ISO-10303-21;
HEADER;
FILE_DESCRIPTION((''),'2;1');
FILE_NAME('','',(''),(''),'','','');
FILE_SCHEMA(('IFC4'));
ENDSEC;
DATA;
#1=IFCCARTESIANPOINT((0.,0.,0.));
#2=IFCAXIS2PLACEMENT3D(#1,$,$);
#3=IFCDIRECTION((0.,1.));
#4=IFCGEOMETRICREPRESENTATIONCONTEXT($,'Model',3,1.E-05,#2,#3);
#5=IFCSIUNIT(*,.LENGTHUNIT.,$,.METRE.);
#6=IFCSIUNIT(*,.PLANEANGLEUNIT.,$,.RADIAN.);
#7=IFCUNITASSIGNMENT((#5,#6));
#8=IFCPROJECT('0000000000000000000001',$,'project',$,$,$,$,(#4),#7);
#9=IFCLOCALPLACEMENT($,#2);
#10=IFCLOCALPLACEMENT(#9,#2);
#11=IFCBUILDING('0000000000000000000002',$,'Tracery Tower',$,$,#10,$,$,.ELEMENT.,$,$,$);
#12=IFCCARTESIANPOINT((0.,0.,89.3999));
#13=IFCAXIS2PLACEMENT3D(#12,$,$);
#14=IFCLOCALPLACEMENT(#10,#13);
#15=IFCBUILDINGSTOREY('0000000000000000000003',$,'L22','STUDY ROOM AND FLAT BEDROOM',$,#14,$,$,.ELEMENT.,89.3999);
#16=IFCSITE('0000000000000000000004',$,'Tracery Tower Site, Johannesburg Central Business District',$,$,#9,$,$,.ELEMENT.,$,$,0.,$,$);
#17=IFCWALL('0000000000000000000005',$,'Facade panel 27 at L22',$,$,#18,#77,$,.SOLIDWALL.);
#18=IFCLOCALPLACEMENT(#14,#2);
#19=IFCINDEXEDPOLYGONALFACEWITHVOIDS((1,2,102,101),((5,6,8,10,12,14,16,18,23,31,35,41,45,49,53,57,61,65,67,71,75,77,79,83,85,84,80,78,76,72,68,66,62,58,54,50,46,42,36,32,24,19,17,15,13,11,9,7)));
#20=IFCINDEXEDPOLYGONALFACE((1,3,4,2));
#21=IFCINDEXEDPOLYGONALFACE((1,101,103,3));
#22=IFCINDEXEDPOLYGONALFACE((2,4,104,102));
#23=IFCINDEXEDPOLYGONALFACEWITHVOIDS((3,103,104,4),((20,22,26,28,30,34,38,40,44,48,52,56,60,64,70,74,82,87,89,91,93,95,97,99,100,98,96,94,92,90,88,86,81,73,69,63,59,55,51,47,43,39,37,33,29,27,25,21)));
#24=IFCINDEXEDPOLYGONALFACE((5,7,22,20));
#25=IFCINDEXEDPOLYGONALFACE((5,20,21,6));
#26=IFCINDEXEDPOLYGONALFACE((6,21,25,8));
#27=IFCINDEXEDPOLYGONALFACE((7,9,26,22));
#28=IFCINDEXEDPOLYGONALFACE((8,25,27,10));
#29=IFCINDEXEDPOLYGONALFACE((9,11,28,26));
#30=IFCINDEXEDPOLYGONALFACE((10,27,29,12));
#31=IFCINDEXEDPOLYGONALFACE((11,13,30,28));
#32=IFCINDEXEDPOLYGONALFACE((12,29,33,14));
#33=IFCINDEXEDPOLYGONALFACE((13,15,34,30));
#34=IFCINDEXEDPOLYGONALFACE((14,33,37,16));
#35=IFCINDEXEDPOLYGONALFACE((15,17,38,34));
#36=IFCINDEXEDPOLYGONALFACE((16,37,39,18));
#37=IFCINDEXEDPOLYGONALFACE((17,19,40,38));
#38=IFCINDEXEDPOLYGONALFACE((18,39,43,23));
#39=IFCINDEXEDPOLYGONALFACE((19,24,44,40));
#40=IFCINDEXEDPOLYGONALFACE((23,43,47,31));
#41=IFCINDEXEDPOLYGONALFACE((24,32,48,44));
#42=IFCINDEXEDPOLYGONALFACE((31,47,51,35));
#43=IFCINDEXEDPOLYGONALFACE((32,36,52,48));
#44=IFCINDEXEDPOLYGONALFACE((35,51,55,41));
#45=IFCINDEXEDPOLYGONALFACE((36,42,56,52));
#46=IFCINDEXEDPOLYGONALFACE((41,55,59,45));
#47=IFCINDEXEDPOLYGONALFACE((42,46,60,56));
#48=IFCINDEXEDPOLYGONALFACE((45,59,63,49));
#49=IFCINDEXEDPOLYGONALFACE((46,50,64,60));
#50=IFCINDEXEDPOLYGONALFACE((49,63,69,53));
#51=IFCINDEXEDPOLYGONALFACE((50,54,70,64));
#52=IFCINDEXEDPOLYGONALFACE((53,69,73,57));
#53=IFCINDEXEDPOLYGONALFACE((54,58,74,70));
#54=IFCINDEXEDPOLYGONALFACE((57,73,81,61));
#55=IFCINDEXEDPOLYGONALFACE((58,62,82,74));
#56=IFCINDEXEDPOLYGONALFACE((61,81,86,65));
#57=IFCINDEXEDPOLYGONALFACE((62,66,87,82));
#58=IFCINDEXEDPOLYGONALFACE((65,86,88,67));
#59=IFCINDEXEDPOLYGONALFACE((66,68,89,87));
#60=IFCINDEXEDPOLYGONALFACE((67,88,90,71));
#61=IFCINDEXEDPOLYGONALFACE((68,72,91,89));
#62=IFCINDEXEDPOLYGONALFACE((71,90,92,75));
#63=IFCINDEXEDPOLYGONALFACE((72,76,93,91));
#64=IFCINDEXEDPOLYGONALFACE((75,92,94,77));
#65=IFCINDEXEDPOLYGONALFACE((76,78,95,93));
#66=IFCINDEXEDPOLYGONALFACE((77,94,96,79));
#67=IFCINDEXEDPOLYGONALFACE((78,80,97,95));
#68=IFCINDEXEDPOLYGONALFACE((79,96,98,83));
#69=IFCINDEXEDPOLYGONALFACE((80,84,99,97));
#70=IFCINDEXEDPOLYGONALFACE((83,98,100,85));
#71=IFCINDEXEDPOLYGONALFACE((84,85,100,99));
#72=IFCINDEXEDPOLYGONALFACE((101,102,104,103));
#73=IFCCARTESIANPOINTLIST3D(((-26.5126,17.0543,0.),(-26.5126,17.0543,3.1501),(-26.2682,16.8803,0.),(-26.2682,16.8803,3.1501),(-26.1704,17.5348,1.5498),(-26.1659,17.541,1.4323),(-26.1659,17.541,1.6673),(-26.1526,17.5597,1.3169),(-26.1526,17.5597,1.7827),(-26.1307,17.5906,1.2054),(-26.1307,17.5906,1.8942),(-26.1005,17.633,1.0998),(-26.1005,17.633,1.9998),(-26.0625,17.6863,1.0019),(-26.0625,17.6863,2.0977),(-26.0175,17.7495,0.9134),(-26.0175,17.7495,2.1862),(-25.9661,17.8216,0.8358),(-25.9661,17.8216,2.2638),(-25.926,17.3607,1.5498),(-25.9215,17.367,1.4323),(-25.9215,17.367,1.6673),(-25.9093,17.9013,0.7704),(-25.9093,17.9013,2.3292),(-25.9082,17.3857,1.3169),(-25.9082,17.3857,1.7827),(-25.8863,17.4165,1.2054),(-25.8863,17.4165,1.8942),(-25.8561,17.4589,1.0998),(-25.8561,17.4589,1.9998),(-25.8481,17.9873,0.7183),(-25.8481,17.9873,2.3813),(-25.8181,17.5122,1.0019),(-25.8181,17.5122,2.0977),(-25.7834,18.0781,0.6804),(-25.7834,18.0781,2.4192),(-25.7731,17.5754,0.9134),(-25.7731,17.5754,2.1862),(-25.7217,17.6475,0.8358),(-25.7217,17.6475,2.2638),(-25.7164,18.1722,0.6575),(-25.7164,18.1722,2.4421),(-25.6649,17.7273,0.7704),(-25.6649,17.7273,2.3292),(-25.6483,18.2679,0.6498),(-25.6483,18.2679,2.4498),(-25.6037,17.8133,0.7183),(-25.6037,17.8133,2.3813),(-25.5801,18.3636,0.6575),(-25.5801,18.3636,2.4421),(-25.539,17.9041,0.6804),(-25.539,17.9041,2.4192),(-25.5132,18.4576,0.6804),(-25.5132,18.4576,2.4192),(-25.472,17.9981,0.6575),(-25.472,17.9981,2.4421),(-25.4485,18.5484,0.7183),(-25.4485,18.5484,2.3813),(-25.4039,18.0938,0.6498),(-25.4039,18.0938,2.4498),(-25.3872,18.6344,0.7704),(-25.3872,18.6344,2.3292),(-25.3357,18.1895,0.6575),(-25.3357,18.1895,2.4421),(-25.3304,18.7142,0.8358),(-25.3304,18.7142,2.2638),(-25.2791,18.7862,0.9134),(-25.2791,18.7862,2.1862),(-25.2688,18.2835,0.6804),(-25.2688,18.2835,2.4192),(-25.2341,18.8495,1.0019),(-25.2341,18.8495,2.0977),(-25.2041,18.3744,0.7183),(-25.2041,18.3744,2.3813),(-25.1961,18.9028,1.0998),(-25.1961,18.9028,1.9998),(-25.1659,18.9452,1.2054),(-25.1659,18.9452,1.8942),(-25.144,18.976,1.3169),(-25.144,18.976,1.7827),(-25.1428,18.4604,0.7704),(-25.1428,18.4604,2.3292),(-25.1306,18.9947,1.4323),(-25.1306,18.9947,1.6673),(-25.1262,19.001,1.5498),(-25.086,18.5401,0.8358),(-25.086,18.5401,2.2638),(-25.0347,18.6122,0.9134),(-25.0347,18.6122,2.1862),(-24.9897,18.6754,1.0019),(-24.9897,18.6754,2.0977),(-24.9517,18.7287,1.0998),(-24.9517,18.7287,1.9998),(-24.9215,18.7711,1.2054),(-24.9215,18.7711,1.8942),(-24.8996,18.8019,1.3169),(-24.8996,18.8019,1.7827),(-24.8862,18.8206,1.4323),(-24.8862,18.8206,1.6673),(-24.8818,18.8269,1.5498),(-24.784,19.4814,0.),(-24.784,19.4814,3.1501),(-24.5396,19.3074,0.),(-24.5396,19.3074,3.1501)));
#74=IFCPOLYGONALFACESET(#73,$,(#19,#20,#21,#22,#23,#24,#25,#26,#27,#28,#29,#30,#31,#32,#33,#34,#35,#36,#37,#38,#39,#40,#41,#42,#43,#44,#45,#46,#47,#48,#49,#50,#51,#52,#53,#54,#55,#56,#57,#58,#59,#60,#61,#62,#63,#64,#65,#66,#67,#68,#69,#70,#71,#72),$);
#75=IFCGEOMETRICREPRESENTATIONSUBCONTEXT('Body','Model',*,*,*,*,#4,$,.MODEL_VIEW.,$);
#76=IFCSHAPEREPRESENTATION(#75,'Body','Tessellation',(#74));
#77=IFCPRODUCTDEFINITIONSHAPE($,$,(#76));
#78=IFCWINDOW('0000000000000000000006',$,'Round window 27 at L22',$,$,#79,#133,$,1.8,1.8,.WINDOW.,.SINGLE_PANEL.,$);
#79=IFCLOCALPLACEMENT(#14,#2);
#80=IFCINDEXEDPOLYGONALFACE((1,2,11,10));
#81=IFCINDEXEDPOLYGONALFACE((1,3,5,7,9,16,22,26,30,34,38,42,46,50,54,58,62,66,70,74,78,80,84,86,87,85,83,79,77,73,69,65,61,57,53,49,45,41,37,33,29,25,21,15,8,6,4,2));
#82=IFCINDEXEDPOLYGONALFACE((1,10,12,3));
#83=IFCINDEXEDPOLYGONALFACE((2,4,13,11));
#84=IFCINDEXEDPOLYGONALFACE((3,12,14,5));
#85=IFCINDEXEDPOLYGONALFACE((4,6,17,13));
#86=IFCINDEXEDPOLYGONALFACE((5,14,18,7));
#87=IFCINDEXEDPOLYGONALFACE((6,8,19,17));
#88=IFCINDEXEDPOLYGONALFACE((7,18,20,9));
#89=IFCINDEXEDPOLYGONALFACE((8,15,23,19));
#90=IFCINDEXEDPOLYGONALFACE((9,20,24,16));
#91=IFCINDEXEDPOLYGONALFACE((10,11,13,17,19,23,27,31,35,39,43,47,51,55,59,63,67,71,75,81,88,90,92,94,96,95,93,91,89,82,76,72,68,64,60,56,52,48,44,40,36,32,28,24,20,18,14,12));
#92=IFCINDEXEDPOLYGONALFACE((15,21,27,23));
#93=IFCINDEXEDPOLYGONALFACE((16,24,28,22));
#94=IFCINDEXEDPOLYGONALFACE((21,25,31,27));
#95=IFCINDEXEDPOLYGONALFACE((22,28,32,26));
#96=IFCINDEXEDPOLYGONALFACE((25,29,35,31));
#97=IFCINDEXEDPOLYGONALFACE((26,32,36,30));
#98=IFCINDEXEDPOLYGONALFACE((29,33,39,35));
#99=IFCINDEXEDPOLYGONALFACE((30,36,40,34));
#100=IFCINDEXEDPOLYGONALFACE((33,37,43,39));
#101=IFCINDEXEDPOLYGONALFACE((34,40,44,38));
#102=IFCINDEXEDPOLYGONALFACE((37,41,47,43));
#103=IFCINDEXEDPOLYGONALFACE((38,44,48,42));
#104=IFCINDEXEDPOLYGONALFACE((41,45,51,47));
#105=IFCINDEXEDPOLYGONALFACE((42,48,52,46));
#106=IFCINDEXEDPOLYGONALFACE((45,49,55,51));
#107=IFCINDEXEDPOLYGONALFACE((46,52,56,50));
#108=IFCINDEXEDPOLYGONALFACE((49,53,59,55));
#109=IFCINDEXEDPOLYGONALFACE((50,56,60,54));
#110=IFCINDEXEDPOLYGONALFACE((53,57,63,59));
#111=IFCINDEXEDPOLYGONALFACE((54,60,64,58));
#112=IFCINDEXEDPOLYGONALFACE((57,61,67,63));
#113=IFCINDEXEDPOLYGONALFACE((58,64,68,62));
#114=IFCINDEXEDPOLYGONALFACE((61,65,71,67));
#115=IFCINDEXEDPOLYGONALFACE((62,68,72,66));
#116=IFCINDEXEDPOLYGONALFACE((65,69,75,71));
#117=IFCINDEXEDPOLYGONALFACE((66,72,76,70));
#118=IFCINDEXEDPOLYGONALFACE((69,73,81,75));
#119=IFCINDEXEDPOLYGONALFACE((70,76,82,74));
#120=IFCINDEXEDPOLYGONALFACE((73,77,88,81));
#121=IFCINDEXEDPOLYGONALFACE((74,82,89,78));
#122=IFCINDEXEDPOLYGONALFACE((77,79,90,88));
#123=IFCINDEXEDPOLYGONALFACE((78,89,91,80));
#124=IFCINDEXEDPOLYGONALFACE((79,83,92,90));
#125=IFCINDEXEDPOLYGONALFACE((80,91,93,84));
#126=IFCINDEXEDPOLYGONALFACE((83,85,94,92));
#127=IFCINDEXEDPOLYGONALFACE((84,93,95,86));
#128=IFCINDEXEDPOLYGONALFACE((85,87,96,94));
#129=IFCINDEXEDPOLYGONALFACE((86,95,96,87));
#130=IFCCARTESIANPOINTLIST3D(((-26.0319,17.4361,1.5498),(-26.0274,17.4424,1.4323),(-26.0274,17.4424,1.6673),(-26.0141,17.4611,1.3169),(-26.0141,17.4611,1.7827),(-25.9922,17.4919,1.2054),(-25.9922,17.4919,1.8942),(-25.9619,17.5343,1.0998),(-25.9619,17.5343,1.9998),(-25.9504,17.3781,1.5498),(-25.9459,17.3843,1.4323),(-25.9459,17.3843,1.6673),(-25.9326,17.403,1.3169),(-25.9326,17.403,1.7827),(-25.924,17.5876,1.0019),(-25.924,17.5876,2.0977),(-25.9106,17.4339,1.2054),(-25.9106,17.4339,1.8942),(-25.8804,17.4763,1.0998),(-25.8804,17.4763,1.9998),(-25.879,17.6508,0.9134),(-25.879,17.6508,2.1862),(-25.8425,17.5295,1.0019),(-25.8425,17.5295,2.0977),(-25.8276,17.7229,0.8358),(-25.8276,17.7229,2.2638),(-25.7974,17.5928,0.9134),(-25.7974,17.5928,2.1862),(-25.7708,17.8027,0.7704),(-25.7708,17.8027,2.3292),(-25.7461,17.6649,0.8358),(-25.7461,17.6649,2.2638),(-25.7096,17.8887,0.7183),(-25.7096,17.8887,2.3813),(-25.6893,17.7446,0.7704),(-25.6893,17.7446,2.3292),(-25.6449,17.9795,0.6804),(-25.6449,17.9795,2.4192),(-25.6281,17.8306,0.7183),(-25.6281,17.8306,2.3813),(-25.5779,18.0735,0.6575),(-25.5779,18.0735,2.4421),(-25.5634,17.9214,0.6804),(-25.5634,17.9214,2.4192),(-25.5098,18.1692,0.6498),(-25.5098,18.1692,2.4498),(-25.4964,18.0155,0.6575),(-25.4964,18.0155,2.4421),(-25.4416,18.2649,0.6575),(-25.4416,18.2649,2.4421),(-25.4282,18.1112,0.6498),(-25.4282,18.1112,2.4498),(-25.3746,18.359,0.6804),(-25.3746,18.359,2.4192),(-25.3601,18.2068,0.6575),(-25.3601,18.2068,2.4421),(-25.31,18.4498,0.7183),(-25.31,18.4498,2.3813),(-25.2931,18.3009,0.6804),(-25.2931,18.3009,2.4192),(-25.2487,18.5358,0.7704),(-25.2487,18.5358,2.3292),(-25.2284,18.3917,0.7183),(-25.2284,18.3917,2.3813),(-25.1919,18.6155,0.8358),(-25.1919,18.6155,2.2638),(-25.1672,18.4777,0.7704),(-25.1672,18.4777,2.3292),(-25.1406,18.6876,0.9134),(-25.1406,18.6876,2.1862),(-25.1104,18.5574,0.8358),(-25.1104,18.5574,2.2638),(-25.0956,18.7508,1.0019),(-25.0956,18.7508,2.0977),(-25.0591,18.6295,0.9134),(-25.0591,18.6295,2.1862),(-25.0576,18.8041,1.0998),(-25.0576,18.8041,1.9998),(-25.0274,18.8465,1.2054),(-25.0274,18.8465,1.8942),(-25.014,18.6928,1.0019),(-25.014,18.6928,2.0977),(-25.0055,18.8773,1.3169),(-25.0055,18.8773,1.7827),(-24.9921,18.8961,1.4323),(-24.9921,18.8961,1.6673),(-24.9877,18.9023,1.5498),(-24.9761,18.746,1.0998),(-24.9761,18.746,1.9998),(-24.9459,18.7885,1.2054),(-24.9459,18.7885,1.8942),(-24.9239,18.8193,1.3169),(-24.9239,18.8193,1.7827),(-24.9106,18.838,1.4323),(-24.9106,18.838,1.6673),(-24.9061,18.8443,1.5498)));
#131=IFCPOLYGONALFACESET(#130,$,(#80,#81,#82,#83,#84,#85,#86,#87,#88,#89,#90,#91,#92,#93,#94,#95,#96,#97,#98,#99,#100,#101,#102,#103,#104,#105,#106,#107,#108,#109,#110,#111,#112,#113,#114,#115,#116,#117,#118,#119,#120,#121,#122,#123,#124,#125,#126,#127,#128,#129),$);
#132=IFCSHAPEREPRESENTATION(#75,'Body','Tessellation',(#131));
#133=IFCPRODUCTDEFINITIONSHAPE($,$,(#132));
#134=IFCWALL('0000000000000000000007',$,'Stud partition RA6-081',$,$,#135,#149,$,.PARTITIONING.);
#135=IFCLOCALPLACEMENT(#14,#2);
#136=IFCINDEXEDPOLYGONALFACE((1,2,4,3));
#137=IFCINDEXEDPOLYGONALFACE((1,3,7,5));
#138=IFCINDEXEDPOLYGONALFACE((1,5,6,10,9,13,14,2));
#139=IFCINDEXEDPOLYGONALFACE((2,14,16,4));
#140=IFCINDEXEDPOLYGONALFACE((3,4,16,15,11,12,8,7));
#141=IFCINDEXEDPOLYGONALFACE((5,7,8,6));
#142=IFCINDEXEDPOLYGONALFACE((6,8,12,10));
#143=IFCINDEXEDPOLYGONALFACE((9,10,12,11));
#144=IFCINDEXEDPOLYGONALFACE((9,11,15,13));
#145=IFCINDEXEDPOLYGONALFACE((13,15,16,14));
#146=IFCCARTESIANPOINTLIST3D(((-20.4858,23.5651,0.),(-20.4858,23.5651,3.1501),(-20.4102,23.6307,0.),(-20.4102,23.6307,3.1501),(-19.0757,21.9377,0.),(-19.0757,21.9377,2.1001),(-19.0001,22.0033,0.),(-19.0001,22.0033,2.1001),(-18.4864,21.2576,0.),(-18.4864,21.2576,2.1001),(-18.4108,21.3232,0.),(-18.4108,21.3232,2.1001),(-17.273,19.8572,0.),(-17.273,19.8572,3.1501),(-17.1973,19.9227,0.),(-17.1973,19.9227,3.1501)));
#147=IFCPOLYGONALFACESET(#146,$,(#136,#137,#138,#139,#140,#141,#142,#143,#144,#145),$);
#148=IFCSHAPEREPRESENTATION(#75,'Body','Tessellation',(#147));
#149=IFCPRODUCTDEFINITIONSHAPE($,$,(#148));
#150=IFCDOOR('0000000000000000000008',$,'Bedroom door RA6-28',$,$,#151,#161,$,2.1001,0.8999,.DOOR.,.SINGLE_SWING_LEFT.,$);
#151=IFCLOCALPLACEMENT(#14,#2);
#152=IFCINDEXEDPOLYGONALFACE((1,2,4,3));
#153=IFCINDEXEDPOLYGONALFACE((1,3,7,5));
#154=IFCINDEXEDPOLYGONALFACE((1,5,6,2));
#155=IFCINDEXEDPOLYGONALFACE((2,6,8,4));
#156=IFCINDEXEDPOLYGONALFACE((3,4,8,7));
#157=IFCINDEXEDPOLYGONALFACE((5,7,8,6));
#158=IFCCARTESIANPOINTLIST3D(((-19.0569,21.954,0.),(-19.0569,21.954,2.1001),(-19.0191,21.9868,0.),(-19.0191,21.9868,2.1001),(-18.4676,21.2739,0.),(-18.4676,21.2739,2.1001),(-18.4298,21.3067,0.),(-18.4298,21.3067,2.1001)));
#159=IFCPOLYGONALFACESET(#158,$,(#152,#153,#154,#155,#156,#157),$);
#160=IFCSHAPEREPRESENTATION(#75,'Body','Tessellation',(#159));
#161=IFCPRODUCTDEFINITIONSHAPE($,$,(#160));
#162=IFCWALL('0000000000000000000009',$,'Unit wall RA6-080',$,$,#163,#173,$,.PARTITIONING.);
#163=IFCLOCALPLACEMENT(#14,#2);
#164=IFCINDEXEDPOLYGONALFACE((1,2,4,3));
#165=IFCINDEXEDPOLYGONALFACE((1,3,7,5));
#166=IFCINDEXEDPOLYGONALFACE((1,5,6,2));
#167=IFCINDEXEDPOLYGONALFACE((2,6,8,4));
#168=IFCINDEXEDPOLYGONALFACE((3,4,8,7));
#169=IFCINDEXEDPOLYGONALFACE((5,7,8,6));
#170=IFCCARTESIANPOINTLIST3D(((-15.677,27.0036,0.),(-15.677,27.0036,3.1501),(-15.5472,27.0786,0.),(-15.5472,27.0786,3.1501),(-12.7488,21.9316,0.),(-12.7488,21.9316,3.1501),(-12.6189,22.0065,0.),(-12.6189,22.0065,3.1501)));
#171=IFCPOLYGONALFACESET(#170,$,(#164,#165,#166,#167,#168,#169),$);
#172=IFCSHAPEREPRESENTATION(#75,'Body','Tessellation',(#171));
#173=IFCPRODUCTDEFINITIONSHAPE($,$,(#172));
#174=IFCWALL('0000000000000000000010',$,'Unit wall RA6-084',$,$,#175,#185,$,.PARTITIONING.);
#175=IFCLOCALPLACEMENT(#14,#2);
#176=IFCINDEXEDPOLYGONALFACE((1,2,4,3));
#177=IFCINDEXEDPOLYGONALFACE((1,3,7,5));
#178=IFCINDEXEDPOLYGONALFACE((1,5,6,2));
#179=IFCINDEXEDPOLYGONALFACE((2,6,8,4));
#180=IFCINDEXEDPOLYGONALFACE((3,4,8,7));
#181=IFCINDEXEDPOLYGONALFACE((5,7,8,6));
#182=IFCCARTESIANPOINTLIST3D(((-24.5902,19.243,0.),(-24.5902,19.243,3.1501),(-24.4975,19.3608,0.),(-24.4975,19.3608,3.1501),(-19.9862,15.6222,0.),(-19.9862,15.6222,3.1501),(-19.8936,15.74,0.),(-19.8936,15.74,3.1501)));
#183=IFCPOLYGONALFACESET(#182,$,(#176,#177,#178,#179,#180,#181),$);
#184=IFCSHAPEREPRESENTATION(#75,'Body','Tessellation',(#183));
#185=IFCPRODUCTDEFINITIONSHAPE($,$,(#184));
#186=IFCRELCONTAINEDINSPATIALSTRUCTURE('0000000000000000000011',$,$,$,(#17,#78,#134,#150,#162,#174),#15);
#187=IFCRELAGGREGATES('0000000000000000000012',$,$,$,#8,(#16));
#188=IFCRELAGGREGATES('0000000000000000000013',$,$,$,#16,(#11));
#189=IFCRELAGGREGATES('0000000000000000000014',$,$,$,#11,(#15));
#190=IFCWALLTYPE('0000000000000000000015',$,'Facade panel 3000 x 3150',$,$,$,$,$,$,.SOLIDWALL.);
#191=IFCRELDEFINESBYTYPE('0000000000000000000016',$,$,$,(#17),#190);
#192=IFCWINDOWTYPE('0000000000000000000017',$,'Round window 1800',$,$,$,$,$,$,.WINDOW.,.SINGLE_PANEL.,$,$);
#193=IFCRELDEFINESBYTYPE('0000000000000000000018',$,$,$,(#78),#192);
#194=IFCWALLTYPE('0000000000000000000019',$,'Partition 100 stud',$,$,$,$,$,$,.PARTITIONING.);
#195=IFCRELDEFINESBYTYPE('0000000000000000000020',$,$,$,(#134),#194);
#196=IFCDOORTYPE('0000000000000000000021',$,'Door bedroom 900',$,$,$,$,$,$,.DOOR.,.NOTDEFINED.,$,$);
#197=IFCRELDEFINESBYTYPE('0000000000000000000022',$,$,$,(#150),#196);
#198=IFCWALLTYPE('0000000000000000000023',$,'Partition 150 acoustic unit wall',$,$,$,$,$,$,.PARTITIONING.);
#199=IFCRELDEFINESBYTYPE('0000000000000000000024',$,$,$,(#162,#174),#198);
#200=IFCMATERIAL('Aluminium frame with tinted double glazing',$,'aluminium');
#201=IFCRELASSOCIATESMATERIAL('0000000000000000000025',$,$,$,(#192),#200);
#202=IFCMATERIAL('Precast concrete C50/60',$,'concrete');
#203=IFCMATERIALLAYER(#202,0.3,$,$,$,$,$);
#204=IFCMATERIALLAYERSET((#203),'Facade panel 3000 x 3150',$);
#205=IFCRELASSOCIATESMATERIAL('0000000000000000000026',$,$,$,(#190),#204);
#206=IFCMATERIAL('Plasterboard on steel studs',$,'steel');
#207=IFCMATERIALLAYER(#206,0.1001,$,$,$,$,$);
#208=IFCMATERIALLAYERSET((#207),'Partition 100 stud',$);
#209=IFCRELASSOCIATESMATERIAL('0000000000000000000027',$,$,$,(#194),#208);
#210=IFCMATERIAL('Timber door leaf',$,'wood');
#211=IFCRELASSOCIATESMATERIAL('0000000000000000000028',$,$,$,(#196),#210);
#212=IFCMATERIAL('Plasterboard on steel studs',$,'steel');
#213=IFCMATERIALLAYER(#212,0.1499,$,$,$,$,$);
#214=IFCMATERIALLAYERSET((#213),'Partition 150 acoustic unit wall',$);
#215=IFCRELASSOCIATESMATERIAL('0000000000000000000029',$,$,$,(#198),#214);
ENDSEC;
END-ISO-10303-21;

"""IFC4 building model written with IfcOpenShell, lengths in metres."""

from ifc_helpers import new_model, si_unit, direction, frame, frame_2d, origin, origin_2d, place, context, subcontext, project, spatial, rectangle, circle, extrude, material, layer, layer_set, type_object, element, fill, save


model = new_model("IFC4")

# Units and contexts
model_context = context("Model", 3, precision=1e-05, world=origin(), true_north=direction((0.0, 1.0)))
body_context = subcontext(model_context, "Body", "Model", "MODEL_VIEW")
ifc_project = project(units=[si_unit("LENGTHUNIT", "METRE"), si_unit("PLANEANGLEUNIT", "RADIAN")], contexts=[model_context])

# Site, building, storey
site_placement = place(None, origin())
site = spatial("IfcSite", under=ifc_project, at=site_placement, Name="Tracery Tower Site, Johannesburg Central Business District", CompositionType="ELEMENT", RefElevation=0.0)
building_placement = place(site_placement, origin())
building = spatial("IfcBuilding", under=site, at=building_placement, Name="Tracery Tower", CompositionType="ELEMENT")
storey_placement = place(building_placement, frame((0.0, 0.0, 89.3999)))
storey = spatial("IfcBuildingStorey", under=building, at=storey_placement, Name="L22", Description="STUDY ROOM AND FLAT BEDROOM", CompositionType="ELEMENT", Elevation=89.3999)

# Wall, opening, window
ifc_material_1 = material(Name="Aluminium frame with tinted double glazing", Category="aluminium")
window_type = type_object("IfcWindowType", Name="Round window 1800", PartitioningType="SINGLE_PANEL", PredefinedType="WINDOW", material=ifc_material_1)
ifc_material_2 = material(Name="Precast concrete C50/60", Category="concrete")
ifc_layer_1 = layer(ifc_material_2, 0.3)
ifc_layer_set_1 = layer_set([ifc_layer_1], Name="Facade panel 3000 x 3150")
wall_type_1 = type_object("IfcWallType", Name="Facade panel 3000 x 3150", PredefinedType="SOLIDWALL", material=ifc_layer_set_1)
wall_1_placement = place(storey_placement, frame((-24.6619, 19.3943, 0.0), z_axis=(0.0, 0.0, 1.0), x_axis=(-0.580114, -0.814535, 0.0)))
wall_1 = element("IfcWall", 1, at=wall_1_placement, inside=storey, type_object=wall_type_1, Name="Facade panel 27 at L22", PredefinedType="SOLIDWALL", context=body_context, shape_type="SweptSolid", body=[
    extrude(rectangle(XDim=2.9797, YDim=0.3, at=frame_2d((1.4897, 0.0))), origin(), (0.0, 0.0, 1.0), 3.1501),
])
opening_1_placement = place(wall_1_placement, frame((1.4897, 0.0, 1.5498)))
opening_1 = element("IfcOpeningElement", 2, at=opening_1_placement, cuts=wall_1, PredefinedType="OPENING", context=body_context, shape_type="SweptSolid", body=[
    extrude(circle(Radius=0.9, at=origin_2d()), frame((0.0, 0.1599, 0.0), z_axis=(0.0, -1.0, 0.0), x_axis=(1.0, 0.0, 0.0)), (0.0, 0.0, 1.0), 0.3201),
])
window_1_placement = place(opening_1_placement, origin())
window_1 = element("IfcWindow", 3, at=window_1_placement, inside=storey, type_object=window_type, Name="Round window 27 at L22", OverallHeight=1.8, OverallWidth=1.8, PartitioningType="SINGLE_PANEL", PredefinedType="WINDOW", context=body_context, shape_type="SweptSolid", body=[
    extrude(circle(Radius=0.9, at=origin_2d()), frame((0.0, 0.1201, 0.0), z_axis=(0.0, -1.0, 0.0), x_axis=(1.0, 0.0, 0.0)), (0.0, 0.0, 1.0), 0.1001),
])
fill(opening_1, window_1)

# Wall, opening, door
ifc_material_3 = material(Name="Plasterboard on steel studs", Category="steel")
ifc_layer_2 = layer(ifc_material_3, 0.1001)
ifc_layer_set_2 = layer_set([ifc_layer_2], Name="Partition 100 stud")
wall_type_2 = type_object("IfcWallType", Name="Partition 100 stud", PredefinedType="PARTITIONING", material=ifc_layer_set_2)
wall_2_placement = place(storey_placement, frame((-20.448, 23.5979, 0.0), z_axis=(0.0, 0.0, 1.0), x_axis=(0.654847, -0.755761, 0.0)))
wall_2 = element("IfcWall", 4, at=wall_2_placement, inside=storey, type_object=wall_type_2, Name="Stud partition RA6-081", PredefinedType="PARTITIONING", context=body_context, shape_type="SweptSolid", body=[
    extrude(rectangle(XDim=4.9062, YDim=0.1001, at=frame_2d((2.4531, 0.0))), origin(), (0.0, 0.0, 1.0), 3.1501),
])
opening_2_placement = place(wall_2_placement, frame((2.1533, 0.0, 0.0)))
opening_2 = element("IfcOpeningElement", 5, at=opening_2_placement, cuts=wall_2, PredefinedType="OPENING", context=body_context, shape_type="SweptSolid", body=[
    extrude(rectangle(XDim=0.8999, YDim=2.1001, at=frame_2d((0.45, 1.05))), frame((0.0, 0.05, 0.0), z_axis=(0.0, -1.0, 0.0), x_axis=(1.0, 0.0, 0.0)), (0.0, 0.0, 1.0), 0.1001),
])
ifc_material_4 = material(Name="Timber door leaf", Category="wood")
door_type_1 = type_object("IfcDoorType", Name="Door bedroom 900", OperationType="NOTDEFINED", PredefinedType="DOOR", material=ifc_material_4)
door_1_placement = place(opening_2_placement, origin())
door_1 = element("IfcDoor", 6, at=door_1_placement, inside=storey, type_object=door_type_1, Name="Bedroom door RA6-28", OperationType="SINGLE_SWING_LEFT", OverallHeight=2.1001, OverallWidth=0.8999, PredefinedType="DOOR", context=body_context, shape_type="SweptSolid", body=[
    extrude(rectangle(XDim=0.8999, YDim=2.1001, at=frame_2d((0.45, 1.05))), frame((0.0, 0.0249, 0.0), z_axis=(0.0, -1.0, 0.0), x_axis=(1.0, 0.0, 0.0)), (0.0, 0.0, 1.0), 0.05),
])
fill(opening_2, door_1)

# Walls
ifc_material_5 = material(Name="Plasterboard on steel studs", Category="steel")
ifc_layer_3 = layer(ifc_material_5, 0.1499)
ifc_layer_set_3 = layer_set([ifc_layer_3], Name="Partition 150 acoustic unit wall")
wall_type_3 = type_object("IfcWallType", Name="Partition 150 acoustic unit wall", PredefinedType="PARTITIONING", material=ifc_layer_set_3)
wall_3_placement = place(storey_placement, frame((-15.6121, 27.041, 0.0), z_axis=(0.0, 0.0, 1.0), x_axis=(0.499986, -0.866034, 0.0)))
element("IfcWall", 7, at=wall_3_placement, inside=storey, type_object=wall_type_3, Name="Unit wall RA6-080", PredefinedType="PARTITIONING", context=body_context, shape_type="SweptSolid", body=[
    extrude(rectangle(XDim=5.8567, YDim=0.1499, at=frame_2d((2.9282, 0.0))), origin(), (0.0, 0.0, 1.0), 3.1501),
])
wall_4_placement = place(storey_placement, frame((-24.5439, 19.302, 0.0), z_axis=(0.0, 0.0, 1.0), x_axis=(0.786035, -0.618182, 0.0)))
element("IfcWall", 8, at=wall_4_placement, inside=storey, type_object=wall_type_3, Name="Unit wall RA6-084", PredefinedType="PARTITIONING", context=body_context, shape_type="SweptSolid", body=[
    extrude(rectangle(XDim=5.8572, YDim=0.1499, at=frame_2d((2.9287, 0.0))), origin(), (0.0, 0.0, 1.0), 3.1501),
])

save(model, "model.ifc")
